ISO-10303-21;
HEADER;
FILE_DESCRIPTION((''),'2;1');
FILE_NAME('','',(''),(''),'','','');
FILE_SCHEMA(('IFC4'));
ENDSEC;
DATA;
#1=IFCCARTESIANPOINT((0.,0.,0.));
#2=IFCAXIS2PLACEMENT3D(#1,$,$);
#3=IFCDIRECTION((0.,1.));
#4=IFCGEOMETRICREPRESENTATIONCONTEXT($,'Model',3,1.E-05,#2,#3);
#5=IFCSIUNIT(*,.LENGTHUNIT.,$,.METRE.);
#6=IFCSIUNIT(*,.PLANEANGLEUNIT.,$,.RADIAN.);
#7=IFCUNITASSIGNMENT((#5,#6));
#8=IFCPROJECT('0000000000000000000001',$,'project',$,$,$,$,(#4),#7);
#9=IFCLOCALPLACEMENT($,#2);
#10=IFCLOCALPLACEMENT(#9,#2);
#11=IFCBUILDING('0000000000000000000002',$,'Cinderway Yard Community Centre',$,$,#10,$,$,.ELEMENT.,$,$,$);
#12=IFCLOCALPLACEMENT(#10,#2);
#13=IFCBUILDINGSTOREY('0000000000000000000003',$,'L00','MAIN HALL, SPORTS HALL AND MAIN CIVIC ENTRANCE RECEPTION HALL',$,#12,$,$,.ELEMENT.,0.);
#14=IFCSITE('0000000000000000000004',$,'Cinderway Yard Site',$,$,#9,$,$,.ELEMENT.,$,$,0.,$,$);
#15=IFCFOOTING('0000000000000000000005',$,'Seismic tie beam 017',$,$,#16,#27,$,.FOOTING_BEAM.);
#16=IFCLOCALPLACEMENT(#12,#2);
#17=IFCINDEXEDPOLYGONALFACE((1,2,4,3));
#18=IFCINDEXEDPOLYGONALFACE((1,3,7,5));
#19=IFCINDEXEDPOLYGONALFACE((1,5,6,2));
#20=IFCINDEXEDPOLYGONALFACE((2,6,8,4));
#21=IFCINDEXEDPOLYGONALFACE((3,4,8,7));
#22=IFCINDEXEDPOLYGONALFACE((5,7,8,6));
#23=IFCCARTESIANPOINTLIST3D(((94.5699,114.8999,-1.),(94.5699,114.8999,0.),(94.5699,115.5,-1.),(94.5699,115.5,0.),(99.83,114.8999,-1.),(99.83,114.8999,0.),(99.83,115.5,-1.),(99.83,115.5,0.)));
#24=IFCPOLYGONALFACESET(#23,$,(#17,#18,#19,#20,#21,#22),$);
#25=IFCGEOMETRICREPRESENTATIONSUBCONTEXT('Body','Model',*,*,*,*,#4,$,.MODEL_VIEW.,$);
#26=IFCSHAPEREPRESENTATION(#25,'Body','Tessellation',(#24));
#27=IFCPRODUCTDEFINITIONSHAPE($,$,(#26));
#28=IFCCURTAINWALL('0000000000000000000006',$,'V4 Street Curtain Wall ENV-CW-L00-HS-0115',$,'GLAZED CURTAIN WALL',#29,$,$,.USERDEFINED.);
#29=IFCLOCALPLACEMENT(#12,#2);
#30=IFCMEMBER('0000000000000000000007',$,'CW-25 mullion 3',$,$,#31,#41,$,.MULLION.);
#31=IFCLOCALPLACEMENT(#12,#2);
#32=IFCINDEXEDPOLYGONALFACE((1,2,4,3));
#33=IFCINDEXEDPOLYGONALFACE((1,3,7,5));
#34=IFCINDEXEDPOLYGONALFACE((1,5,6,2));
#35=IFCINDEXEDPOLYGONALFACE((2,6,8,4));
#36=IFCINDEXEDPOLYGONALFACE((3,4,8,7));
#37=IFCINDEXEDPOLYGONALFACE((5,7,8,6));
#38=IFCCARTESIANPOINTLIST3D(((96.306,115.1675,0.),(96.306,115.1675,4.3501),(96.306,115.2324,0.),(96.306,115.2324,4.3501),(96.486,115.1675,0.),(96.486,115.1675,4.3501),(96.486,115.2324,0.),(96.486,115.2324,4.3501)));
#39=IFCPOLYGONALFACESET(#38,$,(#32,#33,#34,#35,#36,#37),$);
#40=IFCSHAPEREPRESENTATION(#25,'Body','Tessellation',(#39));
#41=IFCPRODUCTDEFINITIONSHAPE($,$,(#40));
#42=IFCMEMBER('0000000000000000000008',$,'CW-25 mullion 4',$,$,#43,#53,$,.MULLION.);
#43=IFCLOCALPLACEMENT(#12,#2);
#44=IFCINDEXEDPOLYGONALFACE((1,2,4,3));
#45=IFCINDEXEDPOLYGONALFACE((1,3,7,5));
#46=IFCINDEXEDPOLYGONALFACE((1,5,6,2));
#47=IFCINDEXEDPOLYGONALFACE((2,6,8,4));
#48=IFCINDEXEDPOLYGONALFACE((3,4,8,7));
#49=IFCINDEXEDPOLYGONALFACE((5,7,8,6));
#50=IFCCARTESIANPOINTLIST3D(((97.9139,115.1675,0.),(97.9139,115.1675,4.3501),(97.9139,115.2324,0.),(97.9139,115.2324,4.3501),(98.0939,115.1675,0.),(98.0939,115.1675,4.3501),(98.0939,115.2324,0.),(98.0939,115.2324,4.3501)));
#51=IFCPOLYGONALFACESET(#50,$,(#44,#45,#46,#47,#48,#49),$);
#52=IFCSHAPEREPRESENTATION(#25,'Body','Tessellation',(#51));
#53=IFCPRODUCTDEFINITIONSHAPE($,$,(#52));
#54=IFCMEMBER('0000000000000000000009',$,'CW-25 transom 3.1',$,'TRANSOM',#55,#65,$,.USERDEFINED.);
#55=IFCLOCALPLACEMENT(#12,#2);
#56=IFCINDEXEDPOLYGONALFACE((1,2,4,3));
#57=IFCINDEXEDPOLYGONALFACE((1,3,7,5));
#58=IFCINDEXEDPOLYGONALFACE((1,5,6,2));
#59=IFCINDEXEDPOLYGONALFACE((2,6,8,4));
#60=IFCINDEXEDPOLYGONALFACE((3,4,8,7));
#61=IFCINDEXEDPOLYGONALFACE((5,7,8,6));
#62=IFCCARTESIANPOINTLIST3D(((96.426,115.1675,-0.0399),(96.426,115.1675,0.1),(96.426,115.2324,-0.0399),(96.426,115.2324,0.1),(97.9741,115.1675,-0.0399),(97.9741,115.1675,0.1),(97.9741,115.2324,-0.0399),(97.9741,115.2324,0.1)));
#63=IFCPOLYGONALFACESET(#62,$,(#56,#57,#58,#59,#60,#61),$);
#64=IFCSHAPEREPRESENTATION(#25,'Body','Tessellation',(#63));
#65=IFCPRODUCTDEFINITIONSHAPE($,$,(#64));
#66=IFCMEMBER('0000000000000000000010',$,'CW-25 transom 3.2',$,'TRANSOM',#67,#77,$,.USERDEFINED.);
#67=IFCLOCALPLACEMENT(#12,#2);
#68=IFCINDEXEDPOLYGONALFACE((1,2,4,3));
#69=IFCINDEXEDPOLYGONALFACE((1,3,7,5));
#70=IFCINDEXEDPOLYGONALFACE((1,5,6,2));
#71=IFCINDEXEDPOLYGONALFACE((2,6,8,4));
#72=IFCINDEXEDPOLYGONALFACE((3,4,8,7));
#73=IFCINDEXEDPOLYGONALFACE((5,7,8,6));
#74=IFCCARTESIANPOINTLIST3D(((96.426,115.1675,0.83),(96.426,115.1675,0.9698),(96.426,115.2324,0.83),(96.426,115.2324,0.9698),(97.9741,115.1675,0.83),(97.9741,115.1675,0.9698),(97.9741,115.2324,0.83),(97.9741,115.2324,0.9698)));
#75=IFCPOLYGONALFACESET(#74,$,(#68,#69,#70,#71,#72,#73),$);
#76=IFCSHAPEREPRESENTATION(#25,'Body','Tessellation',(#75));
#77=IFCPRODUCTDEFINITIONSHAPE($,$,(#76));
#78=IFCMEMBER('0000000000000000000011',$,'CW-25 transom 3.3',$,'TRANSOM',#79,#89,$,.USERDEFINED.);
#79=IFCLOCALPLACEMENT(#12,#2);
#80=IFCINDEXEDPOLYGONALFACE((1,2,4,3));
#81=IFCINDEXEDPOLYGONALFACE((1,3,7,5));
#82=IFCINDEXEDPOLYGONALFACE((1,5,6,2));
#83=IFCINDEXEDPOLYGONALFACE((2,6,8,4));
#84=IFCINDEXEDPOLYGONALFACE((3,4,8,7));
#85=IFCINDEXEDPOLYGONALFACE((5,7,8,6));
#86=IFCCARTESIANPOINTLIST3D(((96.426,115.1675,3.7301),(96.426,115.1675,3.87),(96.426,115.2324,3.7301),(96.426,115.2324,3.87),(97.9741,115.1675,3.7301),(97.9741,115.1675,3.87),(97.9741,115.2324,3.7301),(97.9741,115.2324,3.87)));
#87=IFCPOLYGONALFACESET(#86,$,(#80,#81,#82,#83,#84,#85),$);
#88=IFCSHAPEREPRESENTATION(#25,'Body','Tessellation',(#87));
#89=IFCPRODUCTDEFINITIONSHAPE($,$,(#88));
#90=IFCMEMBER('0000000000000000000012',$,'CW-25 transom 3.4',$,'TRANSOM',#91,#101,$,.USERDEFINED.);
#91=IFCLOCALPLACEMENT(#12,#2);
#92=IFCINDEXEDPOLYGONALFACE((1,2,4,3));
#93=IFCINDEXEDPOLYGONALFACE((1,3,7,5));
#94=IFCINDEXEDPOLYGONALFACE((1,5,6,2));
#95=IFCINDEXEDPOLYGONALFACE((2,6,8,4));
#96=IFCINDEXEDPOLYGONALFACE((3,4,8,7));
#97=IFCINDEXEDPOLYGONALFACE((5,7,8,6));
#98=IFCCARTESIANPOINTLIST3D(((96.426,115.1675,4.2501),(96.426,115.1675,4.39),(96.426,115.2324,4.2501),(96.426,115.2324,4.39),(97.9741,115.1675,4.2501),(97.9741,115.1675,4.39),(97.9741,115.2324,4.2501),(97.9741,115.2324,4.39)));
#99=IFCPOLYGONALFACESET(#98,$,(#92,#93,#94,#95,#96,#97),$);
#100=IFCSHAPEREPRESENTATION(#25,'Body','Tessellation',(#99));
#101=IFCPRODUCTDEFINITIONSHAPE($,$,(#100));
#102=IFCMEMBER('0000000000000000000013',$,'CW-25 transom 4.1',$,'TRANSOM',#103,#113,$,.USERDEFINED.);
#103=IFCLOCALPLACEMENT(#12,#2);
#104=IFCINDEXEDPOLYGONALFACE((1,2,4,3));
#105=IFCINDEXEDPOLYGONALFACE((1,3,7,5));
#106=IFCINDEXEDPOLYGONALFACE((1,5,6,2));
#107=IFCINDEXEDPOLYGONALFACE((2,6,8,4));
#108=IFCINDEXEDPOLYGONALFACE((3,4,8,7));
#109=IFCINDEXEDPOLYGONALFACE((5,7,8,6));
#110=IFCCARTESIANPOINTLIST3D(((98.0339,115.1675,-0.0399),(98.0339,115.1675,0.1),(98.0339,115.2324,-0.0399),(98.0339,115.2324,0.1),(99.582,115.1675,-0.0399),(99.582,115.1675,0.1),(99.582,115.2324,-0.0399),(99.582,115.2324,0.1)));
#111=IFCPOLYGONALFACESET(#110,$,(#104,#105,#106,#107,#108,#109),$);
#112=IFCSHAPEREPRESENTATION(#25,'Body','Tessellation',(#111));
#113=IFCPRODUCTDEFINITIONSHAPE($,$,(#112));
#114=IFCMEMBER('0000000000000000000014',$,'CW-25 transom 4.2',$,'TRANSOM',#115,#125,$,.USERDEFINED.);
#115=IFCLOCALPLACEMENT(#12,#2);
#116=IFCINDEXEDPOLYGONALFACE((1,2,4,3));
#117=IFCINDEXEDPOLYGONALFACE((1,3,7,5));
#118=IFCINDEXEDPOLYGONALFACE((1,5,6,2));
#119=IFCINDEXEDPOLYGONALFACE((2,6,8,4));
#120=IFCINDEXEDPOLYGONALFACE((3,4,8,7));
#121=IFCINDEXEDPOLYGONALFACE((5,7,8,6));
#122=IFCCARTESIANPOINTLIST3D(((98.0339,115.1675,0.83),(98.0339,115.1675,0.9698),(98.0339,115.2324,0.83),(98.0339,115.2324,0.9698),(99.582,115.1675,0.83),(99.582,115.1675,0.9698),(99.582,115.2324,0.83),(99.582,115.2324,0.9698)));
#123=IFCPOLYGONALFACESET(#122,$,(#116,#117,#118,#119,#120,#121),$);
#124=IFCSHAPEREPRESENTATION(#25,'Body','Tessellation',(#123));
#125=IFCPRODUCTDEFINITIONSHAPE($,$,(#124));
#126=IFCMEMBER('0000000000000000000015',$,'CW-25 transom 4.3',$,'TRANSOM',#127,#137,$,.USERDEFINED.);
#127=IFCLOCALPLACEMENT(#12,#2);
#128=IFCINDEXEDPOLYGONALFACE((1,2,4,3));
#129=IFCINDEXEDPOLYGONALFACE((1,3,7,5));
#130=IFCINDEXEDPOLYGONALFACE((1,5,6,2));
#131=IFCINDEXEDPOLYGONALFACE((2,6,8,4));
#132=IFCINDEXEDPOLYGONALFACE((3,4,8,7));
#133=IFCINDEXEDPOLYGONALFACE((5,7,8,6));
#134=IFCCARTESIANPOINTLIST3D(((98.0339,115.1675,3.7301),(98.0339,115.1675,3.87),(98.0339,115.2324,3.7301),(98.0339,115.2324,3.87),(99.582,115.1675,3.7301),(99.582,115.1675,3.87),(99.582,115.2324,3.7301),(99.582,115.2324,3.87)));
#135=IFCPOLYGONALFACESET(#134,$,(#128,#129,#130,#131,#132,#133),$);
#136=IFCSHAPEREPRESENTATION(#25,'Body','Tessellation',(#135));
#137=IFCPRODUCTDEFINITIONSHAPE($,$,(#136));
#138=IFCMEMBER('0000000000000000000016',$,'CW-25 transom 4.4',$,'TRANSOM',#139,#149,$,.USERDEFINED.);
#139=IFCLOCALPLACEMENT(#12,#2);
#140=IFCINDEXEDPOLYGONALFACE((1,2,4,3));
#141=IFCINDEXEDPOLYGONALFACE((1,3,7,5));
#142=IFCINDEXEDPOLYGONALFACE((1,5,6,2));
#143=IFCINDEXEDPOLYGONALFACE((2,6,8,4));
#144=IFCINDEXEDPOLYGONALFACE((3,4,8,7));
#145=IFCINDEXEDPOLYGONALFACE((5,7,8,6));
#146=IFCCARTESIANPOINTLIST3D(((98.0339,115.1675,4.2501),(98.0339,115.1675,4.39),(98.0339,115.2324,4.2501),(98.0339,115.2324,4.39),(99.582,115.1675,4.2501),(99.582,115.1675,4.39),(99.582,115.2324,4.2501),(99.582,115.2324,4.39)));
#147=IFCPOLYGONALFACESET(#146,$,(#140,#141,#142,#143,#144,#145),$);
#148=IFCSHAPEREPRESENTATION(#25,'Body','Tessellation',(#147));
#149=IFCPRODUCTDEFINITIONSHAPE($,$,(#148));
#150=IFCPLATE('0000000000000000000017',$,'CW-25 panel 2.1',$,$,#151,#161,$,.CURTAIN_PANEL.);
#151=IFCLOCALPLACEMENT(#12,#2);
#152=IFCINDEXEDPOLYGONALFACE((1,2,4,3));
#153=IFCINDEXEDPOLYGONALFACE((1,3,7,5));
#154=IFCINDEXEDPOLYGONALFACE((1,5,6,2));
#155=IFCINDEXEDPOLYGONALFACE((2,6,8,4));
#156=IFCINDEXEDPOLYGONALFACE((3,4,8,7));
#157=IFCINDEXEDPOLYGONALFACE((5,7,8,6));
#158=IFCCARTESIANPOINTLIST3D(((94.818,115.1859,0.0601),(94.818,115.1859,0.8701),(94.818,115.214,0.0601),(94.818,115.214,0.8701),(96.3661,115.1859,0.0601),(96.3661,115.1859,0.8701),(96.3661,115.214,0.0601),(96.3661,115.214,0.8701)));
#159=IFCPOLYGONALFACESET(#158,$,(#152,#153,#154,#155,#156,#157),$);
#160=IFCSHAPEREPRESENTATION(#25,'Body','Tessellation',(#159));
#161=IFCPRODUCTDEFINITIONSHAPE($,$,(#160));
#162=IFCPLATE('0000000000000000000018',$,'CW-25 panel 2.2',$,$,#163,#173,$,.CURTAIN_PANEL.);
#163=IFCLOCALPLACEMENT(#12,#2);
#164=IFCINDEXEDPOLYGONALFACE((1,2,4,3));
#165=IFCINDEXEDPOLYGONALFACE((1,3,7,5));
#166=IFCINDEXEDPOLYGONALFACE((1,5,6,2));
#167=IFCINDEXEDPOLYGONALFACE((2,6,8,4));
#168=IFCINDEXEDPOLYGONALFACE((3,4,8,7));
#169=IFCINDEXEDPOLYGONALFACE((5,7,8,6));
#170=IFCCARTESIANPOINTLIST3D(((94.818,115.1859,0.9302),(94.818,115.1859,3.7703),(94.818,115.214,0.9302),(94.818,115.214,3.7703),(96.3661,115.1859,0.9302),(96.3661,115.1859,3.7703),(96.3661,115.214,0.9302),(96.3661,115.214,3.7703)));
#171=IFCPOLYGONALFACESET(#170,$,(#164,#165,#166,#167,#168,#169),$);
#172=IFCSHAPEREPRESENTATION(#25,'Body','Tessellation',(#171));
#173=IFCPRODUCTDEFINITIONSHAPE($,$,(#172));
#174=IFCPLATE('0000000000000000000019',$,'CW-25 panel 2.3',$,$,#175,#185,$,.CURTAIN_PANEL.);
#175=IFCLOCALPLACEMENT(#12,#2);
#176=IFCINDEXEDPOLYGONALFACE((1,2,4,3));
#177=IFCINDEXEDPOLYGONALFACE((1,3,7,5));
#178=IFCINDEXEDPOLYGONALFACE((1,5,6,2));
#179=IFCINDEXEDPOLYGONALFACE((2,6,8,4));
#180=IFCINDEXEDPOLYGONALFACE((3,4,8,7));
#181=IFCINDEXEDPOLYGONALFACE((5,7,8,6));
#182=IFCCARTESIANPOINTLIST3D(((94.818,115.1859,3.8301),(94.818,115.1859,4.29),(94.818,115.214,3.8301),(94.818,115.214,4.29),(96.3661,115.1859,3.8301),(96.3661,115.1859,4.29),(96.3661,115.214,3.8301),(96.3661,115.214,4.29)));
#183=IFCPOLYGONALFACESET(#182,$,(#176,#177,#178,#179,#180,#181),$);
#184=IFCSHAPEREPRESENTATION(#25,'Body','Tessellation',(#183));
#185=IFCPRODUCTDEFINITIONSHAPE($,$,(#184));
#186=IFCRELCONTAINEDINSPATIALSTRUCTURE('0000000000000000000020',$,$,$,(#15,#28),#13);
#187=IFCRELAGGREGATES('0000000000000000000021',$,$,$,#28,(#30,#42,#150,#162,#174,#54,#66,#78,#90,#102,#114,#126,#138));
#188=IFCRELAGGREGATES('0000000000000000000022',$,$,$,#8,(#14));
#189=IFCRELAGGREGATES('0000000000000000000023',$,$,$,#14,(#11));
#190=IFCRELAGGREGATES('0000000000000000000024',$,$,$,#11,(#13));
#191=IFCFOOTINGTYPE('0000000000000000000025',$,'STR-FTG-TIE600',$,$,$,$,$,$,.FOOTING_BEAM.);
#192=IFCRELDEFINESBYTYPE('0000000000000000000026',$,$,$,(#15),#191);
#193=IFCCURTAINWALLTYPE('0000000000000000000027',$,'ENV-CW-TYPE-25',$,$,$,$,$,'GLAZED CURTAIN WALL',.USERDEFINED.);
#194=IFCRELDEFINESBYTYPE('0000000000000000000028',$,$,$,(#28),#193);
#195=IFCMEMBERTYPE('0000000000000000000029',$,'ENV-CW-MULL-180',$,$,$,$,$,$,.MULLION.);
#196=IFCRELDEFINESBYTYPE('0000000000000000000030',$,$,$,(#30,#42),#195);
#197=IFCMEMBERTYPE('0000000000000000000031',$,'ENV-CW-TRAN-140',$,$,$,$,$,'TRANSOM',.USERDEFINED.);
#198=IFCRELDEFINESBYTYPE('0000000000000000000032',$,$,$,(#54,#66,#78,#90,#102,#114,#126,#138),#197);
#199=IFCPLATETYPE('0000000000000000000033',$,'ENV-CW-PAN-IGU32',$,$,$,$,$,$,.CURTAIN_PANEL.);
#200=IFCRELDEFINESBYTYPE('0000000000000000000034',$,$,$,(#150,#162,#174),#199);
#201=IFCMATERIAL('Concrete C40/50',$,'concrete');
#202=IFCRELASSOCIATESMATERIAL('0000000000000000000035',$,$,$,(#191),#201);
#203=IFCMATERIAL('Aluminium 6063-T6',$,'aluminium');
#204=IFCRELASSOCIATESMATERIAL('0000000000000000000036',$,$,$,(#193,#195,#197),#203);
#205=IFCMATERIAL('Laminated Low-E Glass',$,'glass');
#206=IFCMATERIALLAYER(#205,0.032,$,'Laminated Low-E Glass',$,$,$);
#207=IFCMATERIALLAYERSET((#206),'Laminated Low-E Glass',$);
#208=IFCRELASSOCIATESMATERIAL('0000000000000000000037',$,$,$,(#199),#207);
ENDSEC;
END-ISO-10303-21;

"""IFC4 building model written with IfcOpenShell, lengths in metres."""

from ifc_helpers import new_model, si_unit, direction, frame, origin, origin_2d, place, context, subcontext, project, spatial, rectangle, extrude, material, layer, layer_set, material_profile, profile_set, type_object, element, aggregate, save


model = new_model("IFC4")

# Units and contexts
model_context = context("Model", 3, precision=1e-05, world=origin(), true_north=direction((0.0, 1.0)))
body_context = subcontext(model_context, "Body", "Model", "MODEL_VIEW")
ifc_project = project(units=[si_unit("LENGTHUNIT", "METRE"), si_unit("PLANEANGLEUNIT", "RADIAN")], contexts=[model_context])

# Site, building, storey
site_placement = place(None, origin())
site = spatial("IfcSite", under=ifc_project, at=site_placement, Name="Cinderway Yard Site", CompositionType="ELEMENT", RefElevation=0.0)
building_placement = place(site_placement, origin())
building = spatial("IfcBuilding", under=site, at=building_placement, Name="Cinderway Yard Community Centre", CompositionType="ELEMENT")
storey_placement = place(building_placement, origin())
storey = spatial("IfcBuildingStorey", under=building, at=storey_placement, Name="L00", Description="MAIN HALL, SPORTS HALL AND MAIN CIVIC ENTRANCE RECEPTION HALL", CompositionType="ELEMENT", Elevation=0.0)

# Footing
ifc_material_1 = material(Name="Concrete C40/50", Category="concrete")
footing_type = type_object("IfcFootingType", Name="STR-FTG-TIE600", PredefinedType="FOOTING_BEAM", material=ifc_material_1)
footing_placement = place(storey_placement, frame((97.2, 115.2, -1.0), z_axis=(0.0, 0.0, 1.0), x_axis=(1.0, 0.0, 0.0)))
element("IfcFooting", 1, at=footing_placement, inside=storey, type_object=footing_type, Name="Seismic tie beam 017", PredefinedType="FOOTING_BEAM", context=body_context, shape_type="SweptSolid", body=[
    extrude(rectangle(XDim=5.26, YDim=0.6001, at=origin_2d()), origin(), (0.0, 0.0, 1.0), 1.0),
])

# Curtain wall, members, plates
ifc_material_2 = material(Name="Aluminium 6063-T6", Category="aluminium")
curtain_wall_type = type_object("IfcCurtainWallType", Name="ENV-CW-TYPE-25", ElementType="GLAZED CURTAIN WALL", PredefinedType="USERDEFINED", material=ifc_material_2)
curtain_wall_placement = place(storey_placement, origin())
curtain_wall = element("IfcCurtainWall", 2, at=curtain_wall_placement, inside=storey, type_object=curtain_wall_type, Name="V4 Street Curtain Wall ENV-CW-L00-HS-0115", ObjectType="GLAZED CURTAIN WALL", PredefinedType="USERDEFINED")
ifc_material_profile_1 = material_profile(ifc_material_2, rectangle(XDim=0.0649, YDim=0.1799, at=origin_2d()), Name="Aluminium 6063-T6")
ifc_profile_set_1 = profile_set([ifc_material_profile_1], Name="Aluminium 6063-T6")
member_type_1 = type_object("IfcMemberType", Name="ENV-CW-MULL-180", PredefinedType="MULLION", material=ifc_profile_set_1)
member_1_placement = place(storey_placement, frame((96.396, 115.2, 0.0), z_axis=(0.0, 0.0, 1.0), x_axis=(0.0, 1.0, 0.0)))
member_1 = element("IfcMember", 3, at=member_1_placement, type_object=member_type_1, Name="CW-25 mullion 3", PredefinedType="MULLION", context=body_context, shape_type="SweptSolid", body=[
    extrude(rectangle(XDim=0.0649, YDim=0.1799, at=origin_2d()), origin(), (0.0, 0.0, 1.0), 4.3501),
])
member_2_placement = place(storey_placement, frame((98.0039, 115.2, 0.0), z_axis=(0.0, 0.0, 1.0), x_axis=(0.0, 1.0, 0.0)))
member_2 = element("IfcMember", 4, at=member_2_placement, type_object=member_type_1, Name="CW-25 mullion 4", PredefinedType="MULLION", context=body_context, shape_type="SweptSolid", body=[
    extrude(rectangle(XDim=0.0649, YDim=0.1799, at=origin_2d()), origin(), (0.0, 0.0, 1.0), 4.3501),
])
ifc_material_profile_2 = material_profile(ifc_material_2, rectangle(XDim=0.0649, YDim=0.1399, at=origin_2d()), Name="Aluminium 6063-T6")
ifc_profile_set_2 = profile_set([ifc_material_profile_2], Name="Aluminium 6063-T6")
member_type_2 = type_object("IfcMemberType", Name="ENV-CW-TRAN-140", ElementType="TRANSOM", PredefinedType="USERDEFINED", material=ifc_profile_set_2)
member_3_placement = place(storey_placement, frame((96.426, 115.2, 0.03), z_axis=(1.0, 0.0, 0.0), x_axis=(0.0, 1.0, 0.0)))
member_3 = element("IfcMember", 5, at=member_3_placement, type_object=member_type_2, Name="CW-25 transom 3.1", ObjectType="TRANSOM", PredefinedType="USERDEFINED", context=body_context, shape_type="SweptSolid", body=[
    extrude(rectangle(XDim=0.0649, YDim=0.1399, at=origin_2d()), origin(), (0.0, 0.0, 1.0), 1.5481),
])
member_4_placement = place(storey_placement, frame((96.426, 115.2, 0.8999), z_axis=(1.0, 0.0, 0.0), x_axis=(0.0, 1.0, 0.0)))
member_4 = element("IfcMember", 6, at=member_4_placement, type_object=member_type_2, Name="CW-25 transom 3.2", ObjectType="TRANSOM", PredefinedType="USERDEFINED", context=body_context, shape_type="SweptSolid", body=[
    extrude(rectangle(XDim=0.0649, YDim=0.1399, at=origin_2d()), origin(), (0.0, 0.0, 1.0), 1.5481),
])
member_5_placement = place(storey_placement, frame((96.426, 115.2, 3.8), z_axis=(1.0, 0.0, 0.0), x_axis=(0.0, 1.0, 0.0)))
member_5 = element("IfcMember", 7, at=member_5_placement, type_object=member_type_2, Name="CW-25 transom 3.3", ObjectType="TRANSOM", PredefinedType="USERDEFINED", context=body_context, shape_type="SweptSolid", body=[
    extrude(rectangle(XDim=0.0649, YDim=0.1399, at=origin_2d()), origin(), (0.0, 0.0, 1.0), 1.5481),
])
member_6_placement = place(storey_placement, frame((96.426, 115.2, 4.3201), z_axis=(1.0, 0.0, 0.0), x_axis=(0.0, 1.0, 0.0)))
member_6 = element("IfcMember", 8, at=member_6_placement, type_object=member_type_2, Name="CW-25 transom 3.4", ObjectType="TRANSOM", PredefinedType="USERDEFINED", context=body_context, shape_type="SweptSolid", body=[
    extrude(rectangle(XDim=0.0649, YDim=0.1399, at=origin_2d()), origin(), (0.0, 0.0, 1.0), 1.5481),
])
member_7_placement = place(storey_placement, frame((98.0339, 115.2, 0.03), z_axis=(1.0, 0.0, 0.0), x_axis=(0.0, 1.0, 0.0)))
member_7 = element("IfcMember", 9, at=member_7_placement, type_object=member_type_2, Name="CW-25 transom 4.1", ObjectType="TRANSOM", PredefinedType="USERDEFINED", context=body_context, shape_type="SweptSolid", body=[
    extrude(rectangle(XDim=0.0649, YDim=0.1399, at=origin_2d()), origin(), (0.0, 0.0, 1.0), 1.5481),
])
member_8_placement = place(storey_placement, frame((98.0339, 115.2, 0.8999), z_axis=(1.0, 0.0, 0.0), x_axis=(0.0, 1.0, 0.0)))
member_8 = element("IfcMember", 10, at=member_8_placement, type_object=member_type_2, Name="CW-25 transom 4.2", ObjectType="TRANSOM", PredefinedType="USERDEFINED", context=body_context, shape_type="SweptSolid", body=[
    extrude(rectangle(XDim=0.0649, YDim=0.1399, at=origin_2d()), origin(), (0.0, 0.0, 1.0), 1.5481),
])
member_9_placement = place(storey_placement, frame((98.0339, 115.2, 3.8), z_axis=(1.0, 0.0, 0.0), x_axis=(0.0, 1.0, 0.0)))
member_9 = element("IfcMember", 11, at=member_9_placement, type_object=member_type_2, Name="CW-25 transom 4.3", ObjectType="TRANSOM", PredefinedType="USERDEFINED", context=body_context, shape_type="SweptSolid", body=[
    extrude(rectangle(XDim=0.0649, YDim=0.1399, at=origin_2d()), origin(), (0.0, 0.0, 1.0), 1.5481),
])
member_10_placement = place(storey_placement, frame((98.0339, 115.2, 4.3201), z_axis=(1.0, 0.0, 0.0), x_axis=(0.0, 1.0, 0.0)))
member_10 = element("IfcMember", 12, at=member_10_placement, type_object=member_type_2, Name="CW-25 transom 4.4", ObjectType="TRANSOM", PredefinedType="USERDEFINED", context=body_context, shape_type="SweptSolid", body=[
    extrude(rectangle(XDim=0.0649, YDim=0.1399, at=origin_2d()), origin(), (0.0, 0.0, 1.0), 1.5481),
])
ifc_material_3 = material(Name="Laminated Low-E Glass", Category="glass")
ifc_layer = layer(ifc_material_3, 0.032, Name="Laminated Low-E Glass")
ifc_layer_set = layer_set([ifc_layer], Name="Laminated Low-E Glass")
plate_type = type_object("IfcPlateType", Name="ENV-CW-PAN-IGU32", PredefinedType="CURTAIN_PANEL", material=ifc_layer_set)
plate_1_placement = place(storey_placement, frame((95.592, 115.2, 0.0601), z_axis=(0.0, 0.0, 1.0), x_axis=(1.0, 0.0, 0.0)))
plate_1 = element("IfcPlate", 13, at=plate_1_placement, type_object=plate_type, Name="CW-25 panel 2.1", PredefinedType="CURTAIN_PANEL", context=body_context, shape_type="SweptSolid", body=[
    extrude(rectangle(XDim=1.5481, YDim=0.0281, at=origin_2d()), origin(), (0.0, 0.0, 1.0), 0.8101),
])
plate_2_placement = place(storey_placement, frame((95.592, 115.2, 0.9302), z_axis=(0.0, 0.0, 1.0), x_axis=(1.0, 0.0, 0.0)))
plate_2 = element("IfcPlate", 14, at=plate_2_placement, type_object=plate_type, Name="CW-25 panel 2.2", PredefinedType="CURTAIN_PANEL", context=body_context, shape_type="SweptSolid", body=[
    extrude(rectangle(XDim=1.5481, YDim=0.0281, at=origin_2d()), origin(), (0.0, 0.0, 1.0), 2.8401),
])
plate_3_placement = place(storey_placement, frame((95.592, 115.2, 3.8301), z_axis=(0.0, 0.0, 1.0), x_axis=(1.0, 0.0, 0.0)))
plate_3 = element("IfcPlate", 15, at=plate_3_placement, type_object=plate_type, Name="CW-25 panel 2.3", PredefinedType="CURTAIN_PANEL", context=body_context, shape_type="SweptSolid", body=[
    extrude(rectangle(XDim=1.5481, YDim=0.0281, at=origin_2d()), origin(), (0.0, 0.0, 1.0), 0.46),
])
aggregate(curtain_wall, [member_1, member_2, plate_1, plate_2, plate_3, member_3, member_4, member_5, member_6, member_7, member_8, member_9, member_10])

save(model, "model.ifc")
